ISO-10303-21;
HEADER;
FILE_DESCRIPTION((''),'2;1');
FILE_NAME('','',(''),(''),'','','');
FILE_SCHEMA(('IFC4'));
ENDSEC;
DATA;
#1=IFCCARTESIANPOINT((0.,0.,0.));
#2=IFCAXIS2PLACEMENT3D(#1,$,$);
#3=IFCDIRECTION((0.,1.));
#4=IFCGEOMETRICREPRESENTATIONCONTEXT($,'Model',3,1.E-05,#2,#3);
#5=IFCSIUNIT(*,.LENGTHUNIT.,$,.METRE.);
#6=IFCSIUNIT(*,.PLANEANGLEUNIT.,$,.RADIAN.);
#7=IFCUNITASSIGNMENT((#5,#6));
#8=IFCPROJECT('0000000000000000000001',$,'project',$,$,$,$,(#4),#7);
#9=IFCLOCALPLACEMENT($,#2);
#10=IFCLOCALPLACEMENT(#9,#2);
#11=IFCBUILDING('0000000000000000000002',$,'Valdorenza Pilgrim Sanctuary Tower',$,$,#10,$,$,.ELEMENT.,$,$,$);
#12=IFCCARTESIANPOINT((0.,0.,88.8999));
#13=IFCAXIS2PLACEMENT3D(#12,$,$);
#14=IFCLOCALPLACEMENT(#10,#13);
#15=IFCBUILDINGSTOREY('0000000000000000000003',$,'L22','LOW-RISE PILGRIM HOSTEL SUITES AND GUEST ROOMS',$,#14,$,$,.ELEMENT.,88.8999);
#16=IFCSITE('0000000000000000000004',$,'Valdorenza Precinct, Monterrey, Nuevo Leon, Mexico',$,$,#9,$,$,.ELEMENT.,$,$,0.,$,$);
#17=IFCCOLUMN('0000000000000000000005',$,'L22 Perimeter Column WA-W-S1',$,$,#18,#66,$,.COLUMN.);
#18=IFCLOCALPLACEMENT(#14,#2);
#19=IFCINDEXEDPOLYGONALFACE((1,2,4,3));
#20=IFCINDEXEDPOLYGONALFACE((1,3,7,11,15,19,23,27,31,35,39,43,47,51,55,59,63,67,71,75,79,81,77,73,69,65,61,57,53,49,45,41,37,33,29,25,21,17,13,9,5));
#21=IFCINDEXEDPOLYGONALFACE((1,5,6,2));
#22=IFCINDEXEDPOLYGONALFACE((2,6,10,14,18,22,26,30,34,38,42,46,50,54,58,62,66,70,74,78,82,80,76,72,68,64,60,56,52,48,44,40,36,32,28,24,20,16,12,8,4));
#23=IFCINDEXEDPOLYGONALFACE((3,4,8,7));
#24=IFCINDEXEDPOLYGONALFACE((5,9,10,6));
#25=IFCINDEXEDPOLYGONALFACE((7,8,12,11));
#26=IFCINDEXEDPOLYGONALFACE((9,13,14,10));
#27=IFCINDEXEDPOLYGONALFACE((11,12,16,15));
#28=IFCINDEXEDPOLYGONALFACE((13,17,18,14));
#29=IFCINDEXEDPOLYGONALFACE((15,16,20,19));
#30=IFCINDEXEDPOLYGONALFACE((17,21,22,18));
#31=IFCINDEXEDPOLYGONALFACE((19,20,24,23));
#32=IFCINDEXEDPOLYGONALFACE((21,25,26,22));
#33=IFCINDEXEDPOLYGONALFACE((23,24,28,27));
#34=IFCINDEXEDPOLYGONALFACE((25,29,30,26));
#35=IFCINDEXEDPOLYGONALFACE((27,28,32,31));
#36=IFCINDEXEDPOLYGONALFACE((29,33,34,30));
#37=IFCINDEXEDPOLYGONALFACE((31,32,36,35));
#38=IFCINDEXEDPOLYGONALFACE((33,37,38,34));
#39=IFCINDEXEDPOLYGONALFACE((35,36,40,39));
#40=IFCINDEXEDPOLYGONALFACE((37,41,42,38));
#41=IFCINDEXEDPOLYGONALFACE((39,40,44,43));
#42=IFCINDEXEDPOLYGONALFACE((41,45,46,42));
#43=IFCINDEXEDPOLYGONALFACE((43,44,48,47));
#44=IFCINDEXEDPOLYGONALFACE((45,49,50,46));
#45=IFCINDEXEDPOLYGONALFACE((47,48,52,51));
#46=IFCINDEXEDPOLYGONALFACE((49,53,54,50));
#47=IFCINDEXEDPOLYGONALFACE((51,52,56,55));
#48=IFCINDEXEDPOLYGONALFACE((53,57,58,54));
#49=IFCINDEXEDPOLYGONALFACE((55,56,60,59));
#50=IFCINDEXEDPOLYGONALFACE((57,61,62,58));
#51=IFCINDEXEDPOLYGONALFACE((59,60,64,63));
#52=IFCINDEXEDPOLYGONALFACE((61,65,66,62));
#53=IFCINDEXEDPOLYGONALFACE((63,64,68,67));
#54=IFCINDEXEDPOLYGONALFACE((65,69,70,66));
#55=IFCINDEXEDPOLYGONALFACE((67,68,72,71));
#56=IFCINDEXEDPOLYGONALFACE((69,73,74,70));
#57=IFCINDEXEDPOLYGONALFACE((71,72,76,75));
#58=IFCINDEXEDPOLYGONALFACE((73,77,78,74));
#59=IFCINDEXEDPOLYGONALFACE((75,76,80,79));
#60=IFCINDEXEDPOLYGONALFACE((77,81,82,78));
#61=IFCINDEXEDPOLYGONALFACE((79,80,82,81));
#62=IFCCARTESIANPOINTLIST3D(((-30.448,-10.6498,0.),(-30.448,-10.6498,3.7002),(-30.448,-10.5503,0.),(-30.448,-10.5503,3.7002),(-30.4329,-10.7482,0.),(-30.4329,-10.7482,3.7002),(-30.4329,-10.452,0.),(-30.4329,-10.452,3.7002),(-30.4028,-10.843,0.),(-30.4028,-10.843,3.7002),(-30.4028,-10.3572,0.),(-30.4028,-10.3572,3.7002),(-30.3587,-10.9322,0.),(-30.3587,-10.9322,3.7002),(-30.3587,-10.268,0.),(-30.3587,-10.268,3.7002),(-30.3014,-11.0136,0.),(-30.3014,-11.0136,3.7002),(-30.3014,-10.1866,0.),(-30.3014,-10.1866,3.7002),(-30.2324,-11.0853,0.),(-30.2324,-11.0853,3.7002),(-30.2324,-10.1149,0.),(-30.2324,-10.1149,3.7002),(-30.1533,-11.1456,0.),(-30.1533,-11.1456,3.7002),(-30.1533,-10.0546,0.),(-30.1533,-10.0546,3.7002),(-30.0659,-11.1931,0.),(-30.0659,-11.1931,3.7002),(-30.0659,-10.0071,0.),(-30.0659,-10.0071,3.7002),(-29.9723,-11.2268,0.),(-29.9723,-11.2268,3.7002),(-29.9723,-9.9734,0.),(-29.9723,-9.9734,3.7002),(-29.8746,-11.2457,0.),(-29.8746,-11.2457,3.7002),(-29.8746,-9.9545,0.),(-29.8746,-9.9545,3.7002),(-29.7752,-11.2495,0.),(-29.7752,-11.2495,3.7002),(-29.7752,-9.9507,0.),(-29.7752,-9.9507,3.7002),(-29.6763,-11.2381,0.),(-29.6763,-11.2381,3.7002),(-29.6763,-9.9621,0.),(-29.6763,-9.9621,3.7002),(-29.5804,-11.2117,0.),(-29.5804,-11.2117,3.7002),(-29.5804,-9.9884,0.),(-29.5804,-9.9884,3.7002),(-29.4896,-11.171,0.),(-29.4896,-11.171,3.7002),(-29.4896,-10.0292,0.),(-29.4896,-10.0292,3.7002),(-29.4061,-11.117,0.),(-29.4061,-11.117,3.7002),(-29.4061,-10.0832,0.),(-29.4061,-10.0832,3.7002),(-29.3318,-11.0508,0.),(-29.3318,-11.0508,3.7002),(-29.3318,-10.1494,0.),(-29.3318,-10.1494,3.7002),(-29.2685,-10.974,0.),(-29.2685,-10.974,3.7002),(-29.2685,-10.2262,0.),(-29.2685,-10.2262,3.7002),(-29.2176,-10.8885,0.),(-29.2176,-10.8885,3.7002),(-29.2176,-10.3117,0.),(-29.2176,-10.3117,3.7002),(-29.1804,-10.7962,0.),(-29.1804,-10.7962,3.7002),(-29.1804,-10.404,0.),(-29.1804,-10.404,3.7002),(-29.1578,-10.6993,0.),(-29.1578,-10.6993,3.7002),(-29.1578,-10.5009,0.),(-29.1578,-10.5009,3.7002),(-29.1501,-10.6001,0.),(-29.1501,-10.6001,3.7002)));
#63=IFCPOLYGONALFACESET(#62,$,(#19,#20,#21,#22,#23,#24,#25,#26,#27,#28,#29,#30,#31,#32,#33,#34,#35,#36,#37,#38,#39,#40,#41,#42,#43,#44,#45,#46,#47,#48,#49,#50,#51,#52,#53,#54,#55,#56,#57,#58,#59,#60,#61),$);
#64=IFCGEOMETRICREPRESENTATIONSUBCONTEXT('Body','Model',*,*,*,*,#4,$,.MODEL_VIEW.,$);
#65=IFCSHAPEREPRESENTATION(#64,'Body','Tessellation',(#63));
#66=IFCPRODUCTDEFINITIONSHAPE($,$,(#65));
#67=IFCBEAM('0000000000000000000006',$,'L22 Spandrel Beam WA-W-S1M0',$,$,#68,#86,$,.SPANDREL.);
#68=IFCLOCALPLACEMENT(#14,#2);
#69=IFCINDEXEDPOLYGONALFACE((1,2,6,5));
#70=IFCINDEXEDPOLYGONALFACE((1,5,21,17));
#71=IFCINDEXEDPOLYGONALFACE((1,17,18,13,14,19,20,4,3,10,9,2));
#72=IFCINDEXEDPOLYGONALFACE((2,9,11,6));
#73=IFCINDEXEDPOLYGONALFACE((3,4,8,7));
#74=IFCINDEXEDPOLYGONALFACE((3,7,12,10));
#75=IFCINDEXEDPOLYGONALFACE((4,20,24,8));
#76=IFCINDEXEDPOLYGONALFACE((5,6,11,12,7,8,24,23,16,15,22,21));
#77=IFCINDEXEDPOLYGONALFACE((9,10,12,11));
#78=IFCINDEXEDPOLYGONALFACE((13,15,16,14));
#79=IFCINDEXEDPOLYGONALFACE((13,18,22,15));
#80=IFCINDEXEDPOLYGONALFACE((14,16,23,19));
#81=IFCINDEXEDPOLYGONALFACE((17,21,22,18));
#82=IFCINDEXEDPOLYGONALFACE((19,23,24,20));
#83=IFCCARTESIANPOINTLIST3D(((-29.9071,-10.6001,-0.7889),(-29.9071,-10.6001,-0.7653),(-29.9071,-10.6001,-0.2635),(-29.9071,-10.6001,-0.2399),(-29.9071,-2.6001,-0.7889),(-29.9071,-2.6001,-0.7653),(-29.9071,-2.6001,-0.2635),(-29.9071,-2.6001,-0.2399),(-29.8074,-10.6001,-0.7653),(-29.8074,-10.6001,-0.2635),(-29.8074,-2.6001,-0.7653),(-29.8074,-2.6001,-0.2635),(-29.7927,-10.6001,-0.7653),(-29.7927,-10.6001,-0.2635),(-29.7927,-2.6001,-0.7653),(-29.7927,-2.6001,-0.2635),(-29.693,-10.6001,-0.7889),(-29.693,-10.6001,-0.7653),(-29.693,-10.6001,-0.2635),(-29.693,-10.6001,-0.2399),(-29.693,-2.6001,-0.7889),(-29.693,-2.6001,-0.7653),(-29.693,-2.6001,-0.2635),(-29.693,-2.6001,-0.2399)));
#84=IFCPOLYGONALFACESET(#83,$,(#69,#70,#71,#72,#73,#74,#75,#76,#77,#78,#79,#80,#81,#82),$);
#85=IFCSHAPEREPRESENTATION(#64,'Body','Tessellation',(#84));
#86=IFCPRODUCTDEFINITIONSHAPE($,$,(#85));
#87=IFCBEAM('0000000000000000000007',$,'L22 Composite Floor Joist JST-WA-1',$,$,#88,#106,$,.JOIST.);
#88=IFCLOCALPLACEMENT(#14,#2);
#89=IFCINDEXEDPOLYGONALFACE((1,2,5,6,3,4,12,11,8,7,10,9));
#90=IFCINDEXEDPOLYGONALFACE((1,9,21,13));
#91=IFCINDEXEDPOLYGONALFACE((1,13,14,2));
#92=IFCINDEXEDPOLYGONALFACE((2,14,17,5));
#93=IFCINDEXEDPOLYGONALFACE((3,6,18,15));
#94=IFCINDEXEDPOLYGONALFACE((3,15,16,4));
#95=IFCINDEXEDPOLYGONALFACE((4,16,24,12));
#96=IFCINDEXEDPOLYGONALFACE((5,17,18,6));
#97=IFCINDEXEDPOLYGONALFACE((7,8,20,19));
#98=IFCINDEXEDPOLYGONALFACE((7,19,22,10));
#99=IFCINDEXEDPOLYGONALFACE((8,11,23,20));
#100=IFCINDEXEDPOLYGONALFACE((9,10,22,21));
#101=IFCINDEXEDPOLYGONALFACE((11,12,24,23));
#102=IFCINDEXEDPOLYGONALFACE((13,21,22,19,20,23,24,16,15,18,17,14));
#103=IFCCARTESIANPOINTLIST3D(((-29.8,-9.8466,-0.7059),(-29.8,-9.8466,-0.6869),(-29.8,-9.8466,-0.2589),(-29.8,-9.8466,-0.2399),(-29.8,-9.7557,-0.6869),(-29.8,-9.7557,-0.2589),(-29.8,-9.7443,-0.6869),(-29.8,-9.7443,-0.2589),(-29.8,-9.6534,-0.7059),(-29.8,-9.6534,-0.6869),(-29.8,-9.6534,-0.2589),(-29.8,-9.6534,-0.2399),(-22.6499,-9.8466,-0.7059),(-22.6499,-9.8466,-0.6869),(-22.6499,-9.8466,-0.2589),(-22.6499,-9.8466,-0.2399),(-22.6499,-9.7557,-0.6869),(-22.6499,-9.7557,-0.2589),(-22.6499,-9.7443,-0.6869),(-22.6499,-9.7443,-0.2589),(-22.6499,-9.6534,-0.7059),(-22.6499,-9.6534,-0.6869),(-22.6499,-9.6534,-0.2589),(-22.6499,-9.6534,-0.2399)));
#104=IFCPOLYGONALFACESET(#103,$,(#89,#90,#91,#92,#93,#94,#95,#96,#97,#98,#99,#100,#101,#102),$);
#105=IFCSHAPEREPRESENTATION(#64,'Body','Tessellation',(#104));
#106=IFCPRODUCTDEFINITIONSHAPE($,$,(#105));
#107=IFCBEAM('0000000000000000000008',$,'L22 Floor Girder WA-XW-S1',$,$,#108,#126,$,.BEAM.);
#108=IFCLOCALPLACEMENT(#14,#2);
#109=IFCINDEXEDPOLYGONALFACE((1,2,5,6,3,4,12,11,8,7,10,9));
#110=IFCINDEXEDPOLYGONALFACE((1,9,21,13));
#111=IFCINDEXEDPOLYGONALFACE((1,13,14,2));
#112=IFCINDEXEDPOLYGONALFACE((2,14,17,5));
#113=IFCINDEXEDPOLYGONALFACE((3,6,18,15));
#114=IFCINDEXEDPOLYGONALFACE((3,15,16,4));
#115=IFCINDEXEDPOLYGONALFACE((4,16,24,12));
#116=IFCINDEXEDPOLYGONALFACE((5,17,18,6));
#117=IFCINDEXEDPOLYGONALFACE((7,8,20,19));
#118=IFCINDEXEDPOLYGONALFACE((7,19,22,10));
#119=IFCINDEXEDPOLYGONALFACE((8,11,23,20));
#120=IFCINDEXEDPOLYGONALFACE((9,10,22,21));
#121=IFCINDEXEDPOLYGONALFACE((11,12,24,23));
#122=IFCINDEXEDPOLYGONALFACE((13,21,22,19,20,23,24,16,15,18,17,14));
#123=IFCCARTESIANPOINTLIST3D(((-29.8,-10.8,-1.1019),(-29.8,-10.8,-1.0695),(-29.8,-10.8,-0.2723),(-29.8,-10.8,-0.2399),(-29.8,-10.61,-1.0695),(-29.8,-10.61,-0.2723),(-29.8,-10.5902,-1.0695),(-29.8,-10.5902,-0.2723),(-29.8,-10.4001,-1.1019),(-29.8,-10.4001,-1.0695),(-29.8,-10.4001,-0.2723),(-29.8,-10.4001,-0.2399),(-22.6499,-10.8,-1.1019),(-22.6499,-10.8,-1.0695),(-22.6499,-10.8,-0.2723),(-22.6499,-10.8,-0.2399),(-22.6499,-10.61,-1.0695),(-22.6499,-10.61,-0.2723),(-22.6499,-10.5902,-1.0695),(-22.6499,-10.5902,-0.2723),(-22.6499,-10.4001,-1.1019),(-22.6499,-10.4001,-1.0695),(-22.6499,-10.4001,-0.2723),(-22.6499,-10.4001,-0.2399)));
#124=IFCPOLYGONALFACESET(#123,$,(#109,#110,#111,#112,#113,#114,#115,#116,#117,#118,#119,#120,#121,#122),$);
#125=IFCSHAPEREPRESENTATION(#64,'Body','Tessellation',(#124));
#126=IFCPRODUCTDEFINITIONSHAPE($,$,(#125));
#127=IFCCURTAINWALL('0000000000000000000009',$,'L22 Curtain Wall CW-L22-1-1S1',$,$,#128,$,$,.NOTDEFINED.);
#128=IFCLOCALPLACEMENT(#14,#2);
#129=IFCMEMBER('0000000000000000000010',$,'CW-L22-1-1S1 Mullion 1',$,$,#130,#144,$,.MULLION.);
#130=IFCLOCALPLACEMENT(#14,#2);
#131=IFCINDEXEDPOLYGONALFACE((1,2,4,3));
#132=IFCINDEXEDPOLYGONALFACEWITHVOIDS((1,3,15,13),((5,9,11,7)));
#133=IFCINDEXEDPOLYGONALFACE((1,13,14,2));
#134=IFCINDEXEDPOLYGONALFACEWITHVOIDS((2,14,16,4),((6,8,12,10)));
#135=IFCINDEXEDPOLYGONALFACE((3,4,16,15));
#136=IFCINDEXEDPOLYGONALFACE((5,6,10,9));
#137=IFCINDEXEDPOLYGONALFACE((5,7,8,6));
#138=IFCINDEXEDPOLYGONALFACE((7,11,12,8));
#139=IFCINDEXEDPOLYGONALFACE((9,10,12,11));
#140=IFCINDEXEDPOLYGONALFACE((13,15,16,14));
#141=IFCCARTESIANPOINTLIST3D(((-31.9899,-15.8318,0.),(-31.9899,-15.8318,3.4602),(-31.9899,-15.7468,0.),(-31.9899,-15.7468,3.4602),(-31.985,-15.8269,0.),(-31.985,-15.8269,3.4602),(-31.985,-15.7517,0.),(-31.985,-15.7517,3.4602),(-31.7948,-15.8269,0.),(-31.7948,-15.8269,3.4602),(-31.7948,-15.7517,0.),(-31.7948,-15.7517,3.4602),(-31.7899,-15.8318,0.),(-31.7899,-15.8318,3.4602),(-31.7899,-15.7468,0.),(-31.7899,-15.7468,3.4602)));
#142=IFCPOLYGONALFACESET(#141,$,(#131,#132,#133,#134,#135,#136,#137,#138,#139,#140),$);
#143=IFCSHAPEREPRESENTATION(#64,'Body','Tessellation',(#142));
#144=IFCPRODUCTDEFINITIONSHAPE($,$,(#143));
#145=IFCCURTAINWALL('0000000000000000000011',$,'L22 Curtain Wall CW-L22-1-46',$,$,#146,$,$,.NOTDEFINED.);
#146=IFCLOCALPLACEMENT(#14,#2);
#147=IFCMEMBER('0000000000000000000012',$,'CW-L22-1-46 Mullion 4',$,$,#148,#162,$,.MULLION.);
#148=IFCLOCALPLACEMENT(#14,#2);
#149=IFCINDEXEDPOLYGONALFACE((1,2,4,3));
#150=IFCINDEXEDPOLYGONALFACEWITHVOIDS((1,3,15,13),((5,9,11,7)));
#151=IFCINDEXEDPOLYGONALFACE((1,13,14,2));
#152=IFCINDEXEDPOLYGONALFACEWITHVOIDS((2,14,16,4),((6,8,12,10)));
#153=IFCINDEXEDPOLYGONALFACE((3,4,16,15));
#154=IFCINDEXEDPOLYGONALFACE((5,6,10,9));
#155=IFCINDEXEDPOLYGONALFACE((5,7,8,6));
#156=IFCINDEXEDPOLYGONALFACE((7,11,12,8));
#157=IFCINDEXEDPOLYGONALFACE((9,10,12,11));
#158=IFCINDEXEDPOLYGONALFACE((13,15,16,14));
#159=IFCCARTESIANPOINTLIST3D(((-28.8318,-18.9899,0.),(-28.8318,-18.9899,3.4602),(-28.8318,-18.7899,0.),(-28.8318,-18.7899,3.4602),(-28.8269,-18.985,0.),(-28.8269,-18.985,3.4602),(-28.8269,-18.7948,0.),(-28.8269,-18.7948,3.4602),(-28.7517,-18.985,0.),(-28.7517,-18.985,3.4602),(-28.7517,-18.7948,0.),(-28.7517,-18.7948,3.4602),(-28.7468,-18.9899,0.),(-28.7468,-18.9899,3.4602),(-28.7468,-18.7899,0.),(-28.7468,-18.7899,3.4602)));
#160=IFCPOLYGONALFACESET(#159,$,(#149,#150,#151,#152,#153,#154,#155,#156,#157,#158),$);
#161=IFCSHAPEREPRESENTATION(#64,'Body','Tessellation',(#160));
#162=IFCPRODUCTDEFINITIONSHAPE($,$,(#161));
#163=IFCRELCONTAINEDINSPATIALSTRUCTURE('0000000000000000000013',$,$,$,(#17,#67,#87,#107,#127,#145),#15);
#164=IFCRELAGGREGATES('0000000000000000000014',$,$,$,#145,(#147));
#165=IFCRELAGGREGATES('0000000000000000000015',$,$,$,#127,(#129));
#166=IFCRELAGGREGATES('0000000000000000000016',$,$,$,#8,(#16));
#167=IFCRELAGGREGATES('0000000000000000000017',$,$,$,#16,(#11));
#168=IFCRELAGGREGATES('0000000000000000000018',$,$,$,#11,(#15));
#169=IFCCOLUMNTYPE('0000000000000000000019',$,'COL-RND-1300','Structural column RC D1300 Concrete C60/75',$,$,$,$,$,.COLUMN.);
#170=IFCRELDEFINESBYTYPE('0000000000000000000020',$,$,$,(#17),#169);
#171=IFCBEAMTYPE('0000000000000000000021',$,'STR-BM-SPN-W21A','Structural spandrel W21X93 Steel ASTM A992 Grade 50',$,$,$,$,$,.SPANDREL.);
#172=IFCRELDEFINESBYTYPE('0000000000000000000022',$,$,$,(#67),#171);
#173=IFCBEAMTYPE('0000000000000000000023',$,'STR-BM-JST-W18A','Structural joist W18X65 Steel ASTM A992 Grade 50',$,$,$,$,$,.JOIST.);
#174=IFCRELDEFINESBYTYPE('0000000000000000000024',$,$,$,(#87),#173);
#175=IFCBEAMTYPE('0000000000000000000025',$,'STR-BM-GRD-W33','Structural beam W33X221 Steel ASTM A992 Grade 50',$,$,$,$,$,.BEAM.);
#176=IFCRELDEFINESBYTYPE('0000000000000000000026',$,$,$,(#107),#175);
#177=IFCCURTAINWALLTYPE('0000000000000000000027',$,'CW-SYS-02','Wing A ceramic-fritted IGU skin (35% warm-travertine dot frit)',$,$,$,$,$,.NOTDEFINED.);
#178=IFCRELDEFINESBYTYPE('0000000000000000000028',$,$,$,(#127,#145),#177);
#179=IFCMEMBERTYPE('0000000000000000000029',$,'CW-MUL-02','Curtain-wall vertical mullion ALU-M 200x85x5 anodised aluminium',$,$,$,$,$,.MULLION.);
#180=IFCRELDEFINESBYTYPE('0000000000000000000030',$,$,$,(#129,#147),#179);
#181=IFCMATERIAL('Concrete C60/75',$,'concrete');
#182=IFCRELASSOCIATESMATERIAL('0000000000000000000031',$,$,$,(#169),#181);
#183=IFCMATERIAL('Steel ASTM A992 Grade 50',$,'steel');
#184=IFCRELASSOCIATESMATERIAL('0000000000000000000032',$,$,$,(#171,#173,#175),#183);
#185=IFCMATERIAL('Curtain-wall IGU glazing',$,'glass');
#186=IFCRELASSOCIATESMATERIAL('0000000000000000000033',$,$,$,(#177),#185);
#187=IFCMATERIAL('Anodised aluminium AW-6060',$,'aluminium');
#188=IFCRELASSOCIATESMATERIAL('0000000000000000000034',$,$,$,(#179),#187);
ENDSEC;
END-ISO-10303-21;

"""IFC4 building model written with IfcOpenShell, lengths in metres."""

from ifc_helpers import new_model, si_unit, direction, frame, origin, origin_2d, place, context, subcontext, project, spatial, hollow_rectangle, circle, i_section, extrude, source, transform, mapped, material, material_profile, profile_set, type_object, element, aggregate, save


model = new_model("IFC4")

# Units and contexts
model_context = context("Model", 3, precision=1e-05, world=origin(), true_north=direction((0.0, 1.0)))
body_context = subcontext(model_context, "Body", "Model", "MODEL_VIEW")
ifc_project = project(units=[si_unit("LENGTHUNIT", "METRE"), si_unit("PLANEANGLEUNIT", "RADIAN")], contexts=[model_context])

# Site, building, storey
site_placement = place(None, origin())
site = spatial("IfcSite", under=ifc_project, at=site_placement, Name="Valdorenza Precinct, Monterrey, Nuevo Leon, Mexico", CompositionType="ELEMENT", RefElevation=0.0)
building_placement = place(site_placement, origin())
building = spatial("IfcBuilding", under=site, at=building_placement, Name="Valdorenza Pilgrim Sanctuary Tower", CompositionType="ELEMENT")
storey_placement = place(building_placement, frame((0.0, 0.0, 88.8999)))
storey = spatial("IfcBuildingStorey", under=building, at=storey_placement, Name="L22", Description="LOW-RISE PILGRIM HOSTEL SUITES AND GUEST ROOMS", CompositionType="ELEMENT", Elevation=88.8999)

# Column
ifc_material_1 = material(Name="Concrete C60/75", Category="concrete")
ifc_material_profile_1 = material_profile(ifc_material_1, circle(Radius=0.6499, at=origin_2d()), Name="RC D1300")
ifc_profile_set_1 = profile_set([ifc_material_profile_1], Name="Concrete C60/75")
column_type = type_object("IfcColumnType", Name="COL-RND-1300", Description="Structural column RC D1300 Concrete C60/75", PredefinedType="COLUMN", material=ifc_profile_set_1)
shared_shape_1 = source(origin(), body_context, "Body", "SweptSolid", [
    extrude(circle(Radius=0.6499, at=origin_2d()), origin(), (0.0, 0.0, 1.0), 3.7002),
])
column_placement = place(storey_placement, frame((-29.8, -10.6001, 0.0), z_axis=(0.0, 0.0, 1.0), x_axis=(1.0, 0.0, 0.0)))
element("IfcColumn", 1, at=column_placement, inside=storey, type_object=column_type, Name="L22 Perimeter Column WA-W-S1", PredefinedType="COLUMN", context=body_context, shape_type="MappedRepresentation", body=[
    mapped(shared_shape_1, transform((0.0, 0.0, 0.0), x_axis=(1.0, 0.0, 0.0), y_axis=(0.0, 1.0, 0.0), z_axis=(0.0, 0.0, 1.0), scale=1.0)),
])

# Beams
ifc_material_2 = material(Name="Steel ASTM A992 Grade 50", Category="steel")
ifc_material_profile_2 = material_profile(ifc_material_2, i_section(OverallWidth=0.2141, OverallDepth=0.5491, WebThickness=0.0146, FlangeThickness=0.0237, at=origin_2d()), Name="W21X93")
ifc_profile_set_2 = profile_set([ifc_material_profile_2], Name="Steel ASTM A992 Grade 50")
beam_type_1 = type_object("IfcBeamType", Name="STR-BM-SPN-W21A", Description="Structural spandrel W21X93 Steel ASTM A992 Grade 50", PredefinedType="SPANDREL", material=ifc_profile_set_2)
shared_shape_2 = source(origin(), body_context, "Body", "SweptSolid", [
    extrude(i_section(OverallWidth=0.2141, OverallDepth=0.5491, WebThickness=0.0146, FlangeThickness=0.0237, at=origin_2d()), origin(), (0.0, 0.0, 1.0), 8.0),
])
beam_1_placement = place(storey_placement, frame((-29.8, -10.6001, -0.5144), z_axis=(0.0, 1.0, 0.0), x_axis=(-1.0, 0.0, 0.0)))
element("IfcBeam", 2, at=beam_1_placement, inside=storey, type_object=beam_type_1, Name="L22 Spandrel Beam WA-W-S1M0", PredefinedType="SPANDREL", context=body_context, shape_type="MappedRepresentation", body=[
    mapped(shared_shape_2, transform((0.0, 0.0, 0.0), x_axis=(1.0, 0.0, 0.0), y_axis=(0.0, 1.0, 0.0), z_axis=(0.0, 0.0, 1.0), scale=1.0)),
])
ifc_material_profile_3 = material_profile(ifc_material_2, i_section(OverallWidth=0.1931, OverallDepth=0.4661, WebThickness=0.0115, FlangeThickness=0.019, at=origin_2d()), Name="W18X65")
ifc_profile_set_3 = profile_set([ifc_material_profile_3], Name="Steel ASTM A992 Grade 50")
beam_type_2 = type_object("IfcBeamType", Name="STR-BM-JST-W18A", Description="Structural joist W18X65 Steel ASTM A992 Grade 50", PredefinedType="JOIST", material=ifc_profile_set_3)
shared_shape_3 = source(origin(), body_context, "Body", "SweptSolid", [
    extrude(i_section(OverallWidth=0.1931, OverallDepth=0.4661, WebThickness=0.0115, FlangeThickness=0.019, at=origin_2d()), origin(), (0.0, 0.0, 1.0), 7.1501),
])
beam_2_placement = place(storey_placement, frame((-29.8, -9.75, -0.4729), z_axis=(1.0, 0.0, 0.0), x_axis=(0.0, 1.0, 0.0)))
element("IfcBeam", 3, at=beam_2_placement, inside=storey, type_object=beam_type_2, Name="L22 Composite Floor Joist JST-WA-1", PredefinedType="JOIST", context=body_context, shape_type="MappedRepresentation", body=[
    mapped(shared_shape_3, transform((0.0, 0.0, 0.0), x_axis=(1.0, 0.0, 0.0), y_axis=(0.0, 1.0, 0.0), z_axis=(0.0, 0.0, 1.0), scale=1.0)),
])
ifc_material_profile_4 = material_profile(ifc_material_2, i_section(OverallWidth=0.3999, OverallDepth=0.8621, WebThickness=0.0198, FlangeThickness=0.0325, at=origin_2d()), Name="W33X221")
ifc_profile_set_4 = profile_set([ifc_material_profile_4], Name="Steel ASTM A992 Grade 50")
beam_type_3 = type_object("IfcBeamType", Name="STR-BM-GRD-W33", Description="Structural beam W33X221 Steel ASTM A992 Grade 50", PredefinedType="BEAM", material=ifc_profile_set_4)
shared_shape_4 = source(origin(), body_context, "Body", "SweptSolid", [
    extrude(i_section(OverallWidth=0.3999, OverallDepth=0.8621, WebThickness=0.0198, FlangeThickness=0.0325, at=origin_2d()), origin(), (0.0, 0.0, 1.0), 7.1501),
])
beam_3_placement = place(storey_placement, frame((-29.8, -10.6001, -0.6709), z_axis=(1.0, 0.0, 0.0), x_axis=(0.0, 1.0, 0.0)))
element("IfcBeam", 4, at=beam_3_placement, inside=storey, type_object=beam_type_3, Name="L22 Floor Girder WA-XW-S1", PredefinedType="BEAM", context=body_context, shape_type="MappedRepresentation", body=[
    mapped(shared_shape_4, transform((0.0, 0.0, 0.0), x_axis=(1.0, 0.0, 0.0), y_axis=(0.0, 1.0, 0.0), z_axis=(0.0, 0.0, 1.0), scale=1.0)),
])

# Curtain walls, members
ifc_material_3 = material(Name="Curtain-wall IGU glazing", Category="glass")
curtain_wall_type = type_object("IfcCurtainWallType", Name="CW-SYS-02", Description="Wing A ceramic-fritted IGU skin (35% warm-travertine dot frit)", PredefinedType="NOTDEFINED", material=ifc_material_3)
curtain_wall_1_placement = place(storey_placement, origin())
curtain_wall_1 = element("IfcCurtainWall", 5, at=curtain_wall_1_placement, inside=storey, type_object=curtain_wall_type, Name="L22 Curtain Wall CW-L22-1-1S1", PredefinedType="NOTDEFINED")
ifc_material_4 = material(Name="Anodised aluminium AW-6060", Category="aluminium")
ifc_material_profile_5 = material_profile(ifc_material_4, hollow_rectangle(XDim=0.085, YDim=0.2, WallThickness=0.0049, at=origin_2d()), Name="ALU-M 200x85x5")
ifc_profile_set_5 = profile_set([ifc_material_profile_5], Name="Anodised aluminium AW-6060")
member_type_1 = type_object("IfcMemberType", Name="CW-MUL-02", Description="Curtain-wall vertical mullion ALU-M 200x85x5 anodised aluminium", PredefinedType="MULLION", material=ifc_profile_set_5)
shared_shape_5 = source(origin(), body_context, "Body", "SweptSolid", [
    extrude(hollow_rectangle(XDim=0.085, YDim=0.2, WallThickness=0.0049, at=origin_2d()), origin(), (0.0, 0.0, 1.0), 3.4602),
])
member_1_placement = place(storey_placement, frame((-31.8899, -15.7893, 0.0), z_axis=(0.0, 0.0, 1.0), x_axis=(0.0, 1.0, 0.0)))
member_1 = element("IfcMember", 6, at=member_1_placement, type_object=member_type_1, Name="CW-L22-1-1S1 Mullion 1", PredefinedType="MULLION", context=body_context, shape_type="MappedRepresentation", body=[
    mapped(shared_shape_5, transform((0.0, 0.0, 0.0), x_axis=(1.0, 0.0, 0.0), y_axis=(0.0, 1.0, 0.0), z_axis=(0.0, 0.0, 1.0), scale=1.0)),
])
curtain_wall_2_placement = place(storey_placement, origin())
curtain_wall_2 = element("IfcCurtainWall", 7, at=curtain_wall_2_placement, inside=storey, type_object=curtain_wall_type, Name="L22 Curtain Wall CW-L22-1-46", PredefinedType="NOTDEFINED")
member_2_placement = place(storey_placement, frame((-28.7893, -18.8899, 0.0), z_axis=(0.0, 0.0, 1.0), x_axis=(-1.0, 0.0, 0.0)))
member_2 = element("IfcMember", 8, at=member_2_placement, type_object=member_type_1, Name="CW-L22-1-46 Mullion 4", PredefinedType="MULLION", context=body_context, shape_type="MappedRepresentation", body=[
    mapped(shared_shape_5, transform((0.0, 0.0, 0.0), x_axis=(1.0, 0.0, 0.0), y_axis=(0.0, 1.0, 0.0), z_axis=(0.0, 0.0, 1.0), scale=1.0)),
])

aggregate(curtain_wall_2, [member_2])
aggregate(curtain_wall_1, [member_1])

save(model, "model.ifc")
